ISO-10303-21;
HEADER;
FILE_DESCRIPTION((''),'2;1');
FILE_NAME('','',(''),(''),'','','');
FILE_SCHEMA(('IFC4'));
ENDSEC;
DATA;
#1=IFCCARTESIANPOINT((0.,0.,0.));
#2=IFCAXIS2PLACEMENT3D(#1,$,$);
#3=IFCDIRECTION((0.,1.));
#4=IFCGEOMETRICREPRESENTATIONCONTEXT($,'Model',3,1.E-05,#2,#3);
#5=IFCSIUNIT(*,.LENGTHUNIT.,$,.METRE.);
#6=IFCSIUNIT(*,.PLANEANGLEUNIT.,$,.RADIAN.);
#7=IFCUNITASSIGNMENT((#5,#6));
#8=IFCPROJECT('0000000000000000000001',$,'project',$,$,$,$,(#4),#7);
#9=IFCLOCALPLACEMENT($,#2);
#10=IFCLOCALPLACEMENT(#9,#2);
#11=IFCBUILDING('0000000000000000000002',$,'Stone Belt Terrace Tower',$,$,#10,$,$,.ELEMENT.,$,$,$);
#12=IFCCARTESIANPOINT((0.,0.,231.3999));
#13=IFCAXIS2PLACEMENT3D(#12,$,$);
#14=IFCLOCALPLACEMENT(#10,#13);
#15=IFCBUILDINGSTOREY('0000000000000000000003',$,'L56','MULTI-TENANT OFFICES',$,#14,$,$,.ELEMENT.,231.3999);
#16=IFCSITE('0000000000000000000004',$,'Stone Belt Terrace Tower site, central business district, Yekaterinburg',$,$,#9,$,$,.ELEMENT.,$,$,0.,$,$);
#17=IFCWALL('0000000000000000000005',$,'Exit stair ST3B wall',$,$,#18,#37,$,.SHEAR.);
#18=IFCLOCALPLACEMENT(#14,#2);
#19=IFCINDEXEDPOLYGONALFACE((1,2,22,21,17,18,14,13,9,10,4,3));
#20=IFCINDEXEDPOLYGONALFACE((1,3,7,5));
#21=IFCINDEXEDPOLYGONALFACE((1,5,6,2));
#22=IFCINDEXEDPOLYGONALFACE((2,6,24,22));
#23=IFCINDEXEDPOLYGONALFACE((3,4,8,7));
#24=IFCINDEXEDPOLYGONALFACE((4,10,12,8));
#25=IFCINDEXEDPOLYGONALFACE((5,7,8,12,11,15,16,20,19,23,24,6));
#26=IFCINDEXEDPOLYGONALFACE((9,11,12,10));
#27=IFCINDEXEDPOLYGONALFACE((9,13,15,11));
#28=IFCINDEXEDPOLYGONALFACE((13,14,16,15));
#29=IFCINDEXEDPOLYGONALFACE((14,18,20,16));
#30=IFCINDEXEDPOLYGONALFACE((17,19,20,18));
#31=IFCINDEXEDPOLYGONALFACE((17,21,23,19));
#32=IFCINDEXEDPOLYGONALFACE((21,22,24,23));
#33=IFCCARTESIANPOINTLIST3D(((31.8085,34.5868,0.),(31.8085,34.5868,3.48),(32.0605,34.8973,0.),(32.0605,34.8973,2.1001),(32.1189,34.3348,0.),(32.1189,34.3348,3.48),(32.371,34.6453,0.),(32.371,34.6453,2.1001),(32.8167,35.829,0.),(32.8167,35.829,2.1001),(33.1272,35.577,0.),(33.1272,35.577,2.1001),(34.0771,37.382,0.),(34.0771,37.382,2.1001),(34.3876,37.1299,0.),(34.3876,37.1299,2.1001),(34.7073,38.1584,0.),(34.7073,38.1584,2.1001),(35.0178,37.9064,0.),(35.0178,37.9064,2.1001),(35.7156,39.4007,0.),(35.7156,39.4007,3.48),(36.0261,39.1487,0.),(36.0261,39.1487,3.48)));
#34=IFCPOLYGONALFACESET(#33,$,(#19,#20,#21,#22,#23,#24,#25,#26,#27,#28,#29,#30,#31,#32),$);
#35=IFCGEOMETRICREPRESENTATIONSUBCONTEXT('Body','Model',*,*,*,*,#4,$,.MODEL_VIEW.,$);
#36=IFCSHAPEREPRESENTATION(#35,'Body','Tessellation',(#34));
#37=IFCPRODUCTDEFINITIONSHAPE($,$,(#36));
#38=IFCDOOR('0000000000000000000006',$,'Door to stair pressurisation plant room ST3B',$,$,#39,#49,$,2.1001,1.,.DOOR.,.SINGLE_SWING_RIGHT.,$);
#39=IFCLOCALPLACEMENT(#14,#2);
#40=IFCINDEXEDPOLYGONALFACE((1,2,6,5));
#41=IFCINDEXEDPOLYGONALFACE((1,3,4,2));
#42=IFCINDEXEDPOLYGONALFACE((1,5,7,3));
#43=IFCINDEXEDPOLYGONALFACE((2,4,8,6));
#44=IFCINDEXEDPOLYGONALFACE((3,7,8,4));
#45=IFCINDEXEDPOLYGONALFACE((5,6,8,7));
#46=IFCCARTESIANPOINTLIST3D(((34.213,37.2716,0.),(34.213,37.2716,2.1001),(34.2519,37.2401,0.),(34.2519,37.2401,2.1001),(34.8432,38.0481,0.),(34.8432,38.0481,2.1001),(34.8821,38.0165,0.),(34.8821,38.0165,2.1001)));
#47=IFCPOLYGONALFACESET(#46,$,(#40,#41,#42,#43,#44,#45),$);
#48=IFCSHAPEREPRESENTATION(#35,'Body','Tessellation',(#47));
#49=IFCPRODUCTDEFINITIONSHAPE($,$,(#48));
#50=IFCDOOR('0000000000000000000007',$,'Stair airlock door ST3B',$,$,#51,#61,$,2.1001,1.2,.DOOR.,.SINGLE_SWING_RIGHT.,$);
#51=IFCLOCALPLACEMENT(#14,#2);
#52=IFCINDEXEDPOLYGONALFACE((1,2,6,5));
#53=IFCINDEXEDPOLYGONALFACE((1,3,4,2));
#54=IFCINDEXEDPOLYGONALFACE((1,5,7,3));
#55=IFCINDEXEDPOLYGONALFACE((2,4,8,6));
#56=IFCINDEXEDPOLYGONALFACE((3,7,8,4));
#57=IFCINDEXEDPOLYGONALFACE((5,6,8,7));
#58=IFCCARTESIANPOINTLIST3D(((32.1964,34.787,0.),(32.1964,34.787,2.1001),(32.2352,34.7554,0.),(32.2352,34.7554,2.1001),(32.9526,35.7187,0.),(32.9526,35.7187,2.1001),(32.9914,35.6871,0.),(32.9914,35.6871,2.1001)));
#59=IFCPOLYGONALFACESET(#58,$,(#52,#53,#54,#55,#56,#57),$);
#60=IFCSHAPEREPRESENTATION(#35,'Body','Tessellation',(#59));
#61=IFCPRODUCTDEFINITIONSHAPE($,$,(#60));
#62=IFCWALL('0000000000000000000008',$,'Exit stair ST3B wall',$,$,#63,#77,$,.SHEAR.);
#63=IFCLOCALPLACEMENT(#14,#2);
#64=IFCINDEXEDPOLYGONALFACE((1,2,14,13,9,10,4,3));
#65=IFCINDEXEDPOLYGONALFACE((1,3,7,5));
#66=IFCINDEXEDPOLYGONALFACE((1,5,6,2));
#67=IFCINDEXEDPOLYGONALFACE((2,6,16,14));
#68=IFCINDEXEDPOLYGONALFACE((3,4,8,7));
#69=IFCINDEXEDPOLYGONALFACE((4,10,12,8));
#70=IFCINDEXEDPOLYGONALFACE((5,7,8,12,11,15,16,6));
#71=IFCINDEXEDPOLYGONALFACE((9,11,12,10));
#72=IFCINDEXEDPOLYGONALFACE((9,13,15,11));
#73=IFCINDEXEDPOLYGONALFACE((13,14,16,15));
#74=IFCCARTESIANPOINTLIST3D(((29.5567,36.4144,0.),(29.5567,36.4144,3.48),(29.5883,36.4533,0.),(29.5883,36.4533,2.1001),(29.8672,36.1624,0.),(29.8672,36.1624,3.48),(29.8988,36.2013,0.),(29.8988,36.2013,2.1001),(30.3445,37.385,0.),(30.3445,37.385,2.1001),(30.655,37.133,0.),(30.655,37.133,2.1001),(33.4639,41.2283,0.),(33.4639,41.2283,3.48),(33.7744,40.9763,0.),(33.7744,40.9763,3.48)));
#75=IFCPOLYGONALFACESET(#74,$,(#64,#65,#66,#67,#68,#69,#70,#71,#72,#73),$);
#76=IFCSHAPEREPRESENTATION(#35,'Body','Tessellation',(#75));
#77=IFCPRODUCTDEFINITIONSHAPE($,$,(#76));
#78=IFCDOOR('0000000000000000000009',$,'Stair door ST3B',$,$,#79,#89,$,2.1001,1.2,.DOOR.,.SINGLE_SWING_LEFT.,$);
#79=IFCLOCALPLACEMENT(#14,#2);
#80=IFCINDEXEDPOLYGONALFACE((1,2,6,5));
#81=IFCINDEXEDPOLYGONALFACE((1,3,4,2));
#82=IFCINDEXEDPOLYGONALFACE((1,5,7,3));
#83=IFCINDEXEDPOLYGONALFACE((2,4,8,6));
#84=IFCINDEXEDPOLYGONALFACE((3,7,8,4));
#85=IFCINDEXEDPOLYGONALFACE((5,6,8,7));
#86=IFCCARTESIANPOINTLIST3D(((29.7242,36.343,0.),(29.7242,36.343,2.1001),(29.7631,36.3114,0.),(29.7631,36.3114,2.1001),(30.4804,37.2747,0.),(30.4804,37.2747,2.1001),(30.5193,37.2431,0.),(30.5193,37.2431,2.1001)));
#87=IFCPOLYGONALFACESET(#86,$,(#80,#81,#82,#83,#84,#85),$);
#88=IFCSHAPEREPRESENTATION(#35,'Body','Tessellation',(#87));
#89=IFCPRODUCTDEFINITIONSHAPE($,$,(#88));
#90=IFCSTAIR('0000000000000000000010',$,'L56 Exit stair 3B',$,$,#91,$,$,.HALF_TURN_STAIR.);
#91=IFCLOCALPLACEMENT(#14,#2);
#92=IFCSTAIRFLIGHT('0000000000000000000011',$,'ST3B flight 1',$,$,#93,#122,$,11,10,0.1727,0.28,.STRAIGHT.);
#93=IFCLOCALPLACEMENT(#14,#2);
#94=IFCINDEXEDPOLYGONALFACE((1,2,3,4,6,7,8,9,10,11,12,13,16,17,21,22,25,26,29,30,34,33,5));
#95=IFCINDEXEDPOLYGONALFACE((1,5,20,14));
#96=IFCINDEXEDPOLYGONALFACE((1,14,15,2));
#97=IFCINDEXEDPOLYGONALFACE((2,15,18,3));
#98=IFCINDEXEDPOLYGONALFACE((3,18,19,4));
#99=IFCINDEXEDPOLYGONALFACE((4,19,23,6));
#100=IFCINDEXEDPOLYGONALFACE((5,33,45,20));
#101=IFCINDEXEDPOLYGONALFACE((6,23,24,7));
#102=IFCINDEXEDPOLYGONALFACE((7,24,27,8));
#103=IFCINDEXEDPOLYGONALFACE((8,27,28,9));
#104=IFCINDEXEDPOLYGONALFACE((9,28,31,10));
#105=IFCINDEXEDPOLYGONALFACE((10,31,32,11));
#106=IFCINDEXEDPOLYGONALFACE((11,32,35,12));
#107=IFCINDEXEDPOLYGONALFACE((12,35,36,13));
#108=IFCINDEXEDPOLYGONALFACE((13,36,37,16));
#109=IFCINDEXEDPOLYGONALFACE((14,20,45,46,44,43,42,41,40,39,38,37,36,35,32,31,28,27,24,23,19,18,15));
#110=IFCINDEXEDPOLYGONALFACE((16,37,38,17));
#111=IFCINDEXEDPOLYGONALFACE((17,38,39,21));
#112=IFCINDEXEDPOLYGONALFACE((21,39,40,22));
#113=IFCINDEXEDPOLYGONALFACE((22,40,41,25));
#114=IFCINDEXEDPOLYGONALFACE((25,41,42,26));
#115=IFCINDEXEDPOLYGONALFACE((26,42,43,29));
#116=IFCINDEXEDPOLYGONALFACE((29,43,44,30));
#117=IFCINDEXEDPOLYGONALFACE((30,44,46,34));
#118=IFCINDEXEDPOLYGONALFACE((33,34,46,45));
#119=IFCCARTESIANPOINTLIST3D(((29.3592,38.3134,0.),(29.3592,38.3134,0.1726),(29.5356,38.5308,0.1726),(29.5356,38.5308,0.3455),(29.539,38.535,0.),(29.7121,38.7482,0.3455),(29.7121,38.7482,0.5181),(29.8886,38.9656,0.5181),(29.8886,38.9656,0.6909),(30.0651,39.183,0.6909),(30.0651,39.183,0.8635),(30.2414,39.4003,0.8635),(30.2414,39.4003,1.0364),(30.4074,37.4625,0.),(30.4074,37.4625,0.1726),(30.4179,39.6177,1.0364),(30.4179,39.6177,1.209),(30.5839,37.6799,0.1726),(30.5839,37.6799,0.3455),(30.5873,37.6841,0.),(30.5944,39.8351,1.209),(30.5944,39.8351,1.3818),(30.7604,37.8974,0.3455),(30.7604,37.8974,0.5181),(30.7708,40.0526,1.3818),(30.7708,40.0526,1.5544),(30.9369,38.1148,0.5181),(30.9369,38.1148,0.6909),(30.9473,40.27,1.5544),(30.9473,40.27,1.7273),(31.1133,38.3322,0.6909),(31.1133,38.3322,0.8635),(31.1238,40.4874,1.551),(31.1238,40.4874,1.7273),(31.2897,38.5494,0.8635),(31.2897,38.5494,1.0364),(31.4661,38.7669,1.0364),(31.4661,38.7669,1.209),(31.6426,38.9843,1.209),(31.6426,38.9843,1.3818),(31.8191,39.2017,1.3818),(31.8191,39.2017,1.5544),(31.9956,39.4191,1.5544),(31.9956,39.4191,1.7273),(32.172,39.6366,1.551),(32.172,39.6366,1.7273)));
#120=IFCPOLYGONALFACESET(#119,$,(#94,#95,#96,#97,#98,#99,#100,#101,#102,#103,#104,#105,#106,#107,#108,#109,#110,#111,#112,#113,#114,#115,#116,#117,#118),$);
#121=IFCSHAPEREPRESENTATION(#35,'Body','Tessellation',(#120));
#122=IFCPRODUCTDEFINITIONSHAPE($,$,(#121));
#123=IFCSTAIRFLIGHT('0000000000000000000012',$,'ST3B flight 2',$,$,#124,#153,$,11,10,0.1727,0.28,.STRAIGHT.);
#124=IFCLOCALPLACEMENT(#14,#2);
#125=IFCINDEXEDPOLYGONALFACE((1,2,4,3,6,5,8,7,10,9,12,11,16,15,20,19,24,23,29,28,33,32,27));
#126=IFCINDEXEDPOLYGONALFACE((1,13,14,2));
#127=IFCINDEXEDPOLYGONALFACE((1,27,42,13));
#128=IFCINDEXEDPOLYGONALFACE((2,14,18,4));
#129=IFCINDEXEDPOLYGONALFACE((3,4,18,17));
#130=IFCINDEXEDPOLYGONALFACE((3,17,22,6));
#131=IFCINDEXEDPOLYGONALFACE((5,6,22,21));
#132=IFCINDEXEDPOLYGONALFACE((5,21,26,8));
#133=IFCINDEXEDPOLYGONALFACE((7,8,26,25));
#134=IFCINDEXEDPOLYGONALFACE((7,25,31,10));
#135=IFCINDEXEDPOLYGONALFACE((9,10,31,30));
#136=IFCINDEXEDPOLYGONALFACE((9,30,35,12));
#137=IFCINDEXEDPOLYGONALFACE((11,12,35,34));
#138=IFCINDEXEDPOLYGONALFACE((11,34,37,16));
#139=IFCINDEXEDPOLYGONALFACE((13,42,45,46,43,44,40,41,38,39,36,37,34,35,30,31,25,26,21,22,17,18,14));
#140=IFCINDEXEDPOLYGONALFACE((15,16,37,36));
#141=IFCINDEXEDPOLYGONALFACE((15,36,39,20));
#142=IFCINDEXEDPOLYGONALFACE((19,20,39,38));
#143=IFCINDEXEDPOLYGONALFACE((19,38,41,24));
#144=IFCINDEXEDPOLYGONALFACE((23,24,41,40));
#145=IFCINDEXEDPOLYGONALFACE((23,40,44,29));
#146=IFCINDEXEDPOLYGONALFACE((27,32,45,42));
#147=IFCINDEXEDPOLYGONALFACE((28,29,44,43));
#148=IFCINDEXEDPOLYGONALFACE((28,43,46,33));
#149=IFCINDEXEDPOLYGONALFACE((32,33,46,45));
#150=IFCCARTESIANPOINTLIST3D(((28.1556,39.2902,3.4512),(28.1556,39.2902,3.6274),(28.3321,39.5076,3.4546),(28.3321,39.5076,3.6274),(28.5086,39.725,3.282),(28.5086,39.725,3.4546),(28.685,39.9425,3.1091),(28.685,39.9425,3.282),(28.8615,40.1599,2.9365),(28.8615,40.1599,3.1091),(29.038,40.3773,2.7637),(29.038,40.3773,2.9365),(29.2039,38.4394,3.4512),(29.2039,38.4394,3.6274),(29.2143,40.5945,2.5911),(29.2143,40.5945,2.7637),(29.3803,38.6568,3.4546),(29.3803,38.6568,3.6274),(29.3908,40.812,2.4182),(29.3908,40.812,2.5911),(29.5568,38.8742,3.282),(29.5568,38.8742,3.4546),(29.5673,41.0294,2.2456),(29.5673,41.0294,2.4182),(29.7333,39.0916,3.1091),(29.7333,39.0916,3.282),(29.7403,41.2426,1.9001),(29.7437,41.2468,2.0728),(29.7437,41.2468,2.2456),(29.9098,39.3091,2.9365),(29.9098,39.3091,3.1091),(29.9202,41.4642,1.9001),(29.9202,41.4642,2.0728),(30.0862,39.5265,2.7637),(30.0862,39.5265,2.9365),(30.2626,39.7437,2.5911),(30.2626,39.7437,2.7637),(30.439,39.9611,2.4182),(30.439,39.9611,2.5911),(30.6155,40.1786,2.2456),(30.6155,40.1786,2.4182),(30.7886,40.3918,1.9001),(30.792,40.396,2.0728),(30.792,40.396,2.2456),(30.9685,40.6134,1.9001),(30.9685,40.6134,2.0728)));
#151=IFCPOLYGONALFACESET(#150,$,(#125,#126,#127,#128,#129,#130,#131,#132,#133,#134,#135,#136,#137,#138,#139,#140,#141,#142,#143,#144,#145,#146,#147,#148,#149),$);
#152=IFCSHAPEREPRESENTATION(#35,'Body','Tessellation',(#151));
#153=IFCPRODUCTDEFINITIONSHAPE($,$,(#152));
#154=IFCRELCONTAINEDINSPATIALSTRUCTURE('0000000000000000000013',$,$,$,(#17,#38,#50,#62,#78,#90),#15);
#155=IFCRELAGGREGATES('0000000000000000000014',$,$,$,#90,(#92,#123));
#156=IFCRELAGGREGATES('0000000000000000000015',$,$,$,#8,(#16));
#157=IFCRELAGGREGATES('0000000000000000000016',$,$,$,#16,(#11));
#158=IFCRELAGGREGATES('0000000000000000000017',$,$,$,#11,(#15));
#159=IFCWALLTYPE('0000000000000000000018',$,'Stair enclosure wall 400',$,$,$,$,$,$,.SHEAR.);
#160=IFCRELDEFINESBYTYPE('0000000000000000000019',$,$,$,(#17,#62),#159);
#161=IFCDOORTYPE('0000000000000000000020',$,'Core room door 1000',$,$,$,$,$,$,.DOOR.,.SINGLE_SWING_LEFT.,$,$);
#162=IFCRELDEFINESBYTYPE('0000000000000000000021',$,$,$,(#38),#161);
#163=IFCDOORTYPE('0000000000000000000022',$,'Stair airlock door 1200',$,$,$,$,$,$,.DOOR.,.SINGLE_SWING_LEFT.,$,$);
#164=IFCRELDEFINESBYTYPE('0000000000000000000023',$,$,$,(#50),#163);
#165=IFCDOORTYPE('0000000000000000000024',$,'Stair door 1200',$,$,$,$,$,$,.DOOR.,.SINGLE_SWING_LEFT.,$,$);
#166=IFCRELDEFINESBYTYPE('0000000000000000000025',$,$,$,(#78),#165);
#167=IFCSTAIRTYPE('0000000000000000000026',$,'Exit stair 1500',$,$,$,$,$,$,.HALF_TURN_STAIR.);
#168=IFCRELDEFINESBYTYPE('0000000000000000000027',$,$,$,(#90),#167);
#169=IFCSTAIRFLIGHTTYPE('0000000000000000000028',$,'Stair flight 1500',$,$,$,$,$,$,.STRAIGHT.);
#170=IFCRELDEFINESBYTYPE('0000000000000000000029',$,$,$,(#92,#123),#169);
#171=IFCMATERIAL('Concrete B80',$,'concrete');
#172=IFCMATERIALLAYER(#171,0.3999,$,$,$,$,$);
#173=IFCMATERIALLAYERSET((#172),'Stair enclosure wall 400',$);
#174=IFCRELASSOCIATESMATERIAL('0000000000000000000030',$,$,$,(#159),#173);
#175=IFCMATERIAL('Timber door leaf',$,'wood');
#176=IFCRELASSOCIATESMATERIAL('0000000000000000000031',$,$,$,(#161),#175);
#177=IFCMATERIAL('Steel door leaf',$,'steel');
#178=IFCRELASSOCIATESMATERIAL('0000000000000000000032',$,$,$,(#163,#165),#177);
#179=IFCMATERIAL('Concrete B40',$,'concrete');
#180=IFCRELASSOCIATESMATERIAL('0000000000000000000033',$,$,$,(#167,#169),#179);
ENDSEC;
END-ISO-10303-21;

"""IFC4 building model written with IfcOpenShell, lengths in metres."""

from ifc_helpers import new_model, si_unit, direction, frame, frame_2d, origin, place, context, subcontext, project, spatial, polyline, rectangle, outline, extrude, material, layer, layer_set, type_object, element, fill, aggregate, save


model = new_model("IFC4")

# Units and contexts
model_context = context("Model", 3, precision=1e-05, world=origin(), true_north=direction((0.0, 1.0)))
body_context = subcontext(model_context, "Body", "Model", "MODEL_VIEW")
ifc_project = project(units=[si_unit("LENGTHUNIT", "METRE"), si_unit("PLANEANGLEUNIT", "RADIAN")], contexts=[model_context])

# Site, building, storey
site_placement = place(None, origin())
site = spatial("IfcSite", under=ifc_project, at=site_placement, Name="Stone Belt Terrace Tower site, central business district, Yekaterinburg", CompositionType="ELEMENT", RefElevation=0.0)
building_placement = place(site_placement, origin())
building = spatial("IfcBuilding", under=site, at=building_placement, Name="Stone Belt Terrace Tower", CompositionType="ELEMENT")
storey_placement = place(building_placement, frame((0.0, 0.0, 231.3999)))
storey = spatial("IfcBuildingStorey", under=building, at=storey_placement, Name="L56", Description="MULTI-TENANT OFFICES", CompositionType="ELEMENT", Elevation=231.3999)

# Wall, openings, doors
ifc_material_1 = material(Name="Concrete B80", Category="concrete")
ifc_layer_1 = layer(ifc_material_1, 0.3999)
ifc_layer_set_1 = layer_set([ifc_layer_1], Name="Stair enclosure wall 400")
wall_type_1 = type_object("IfcWallType", Name="Stair enclosure wall 400", PredefinedType="SHEAR", material=ifc_layer_set_1)
wall_1_placement = place(storey_placement, frame((31.9636, 34.4607, 0.0), z_axis=(0.0, 0.0, 1.0), x_axis=(0.630192, 0.776439, 0.0)))
wall_1 = element("IfcWall", 1, at=wall_1_placement, inside=storey, type_object=wall_type_1, Name="Exit stair ST3B wall", PredefinedType="SHEAR", context=body_context, shape_type="SweptSolid", body=[
    extrude(rectangle(XDim=6.2, YDim=0.3999, at=frame_2d((3.1001, 0.0))), origin(), (0.0, 0.0, 1.0), 3.48),
])
opening_1_placement = place(wall_1_placement, frame((0.3999, 0.0, 0.0)))
opening_1 = element("IfcOpeningElement", 2, at=opening_1_placement, cuts=wall_1, PredefinedType="OPENING", context=body_context, shape_type="SweptSolid", body=[
    extrude(rectangle(XDim=1.2, YDim=2.1001, at=frame_2d((0.6001, 1.05))), frame((0.0, 0.21, 0.0), z_axis=(0.0, -1.0, 0.0), x_axis=(1.0, 0.0, 0.0)), (0.0, 0.0, 1.0), 0.4199),
])
opening_2_placement = place(wall_1_placement, frame((3.6001, 0.0, 0.0)))
opening_2 = element("IfcOpeningElement", 3, at=opening_2_placement, cuts=wall_1, PredefinedType="OPENING", context=body_context, shape_type="SweptSolid", body=[
    extrude(rectangle(XDim=1.0, YDim=2.1001, at=frame_2d((0.5, 1.05))), frame((0.0, 0.21, 0.0), z_axis=(0.0, -1.0, 0.0), x_axis=(1.0, 0.0, 0.0)), (0.0, 0.0, 1.0), 0.4199),
])
ifc_material_2 = material(Name="Timber door leaf", Category="wood")
door_type_1 = type_object("IfcDoorType", Name="Core room door 1000", OperationType="SINGLE_SWING_LEFT", PredefinedType="DOOR", material=ifc_material_2)
door_1_placement = place(opening_2_placement, origin())
door_1 = element("IfcDoor", 4, at=door_1_placement, inside=storey, type_object=door_type_1, Name="Door to stair pressurisation plant room ST3B", OperationType="SINGLE_SWING_RIGHT", OverallHeight=2.1001, OverallWidth=1.0, PredefinedType="DOOR", context=body_context, shape_type="SweptSolid", body=[
    extrude(rectangle(XDim=1.0, YDim=2.1001, at=frame_2d((0.5, 1.05))), frame((0.0, 0.0249, 0.0), z_axis=(0.0, -1.0, 0.0), x_axis=(1.0, 0.0, 0.0)), (0.0, 0.0, 1.0), 0.05),
])
fill(opening_2, door_1)
ifc_material_3 = material(Name="Steel door leaf", Category="steel")
door_type_2 = type_object("IfcDoorType", Name="Stair airlock door 1200", OperationType="SINGLE_SWING_LEFT", PredefinedType="DOOR", material=ifc_material_3)
door_2_placement = place(opening_1_placement, origin())
door_2 = element("IfcDoor", 5, at=door_2_placement, inside=storey, type_object=door_type_2, Name="Stair airlock door ST3B", OperationType="SINGLE_SWING_RIGHT", OverallHeight=2.1001, OverallWidth=1.2, PredefinedType="DOOR", context=body_context, shape_type="SweptSolid", body=[
    extrude(rectangle(XDim=1.2, YDim=2.1001, at=frame_2d((0.6001, 1.05))), frame((0.0, 0.0249, 0.0), z_axis=(0.0, -1.0, 0.0), x_axis=(1.0, 0.0, 0.0)), (0.0, 0.0, 1.0), 0.05),
])
fill(opening_1, door_2)

# Wall, opening, door
wall_2_placement = place(storey_placement, frame((29.7119, 36.2883, 0.0), z_axis=(0.0, 0.0, 1.0), x_axis=(0.630192, 0.776439, 0.0)))
wall_2 = element("IfcWall", 6, at=wall_2_placement, inside=storey, type_object=wall_type_1, Name="Exit stair ST3B wall", PredefinedType="SHEAR", context=body_context, shape_type="SweptSolid", body=[
    extrude(rectangle(XDim=6.2, YDim=0.3999, at=frame_2d((3.1001, 0.0))), origin(), (0.0, 0.0, 1.0), 3.48),
])
opening_3_placement = place(wall_2_placement, frame((0.05, 0.0, 0.0)))
opening_3 = element("IfcOpeningElement", 7, at=opening_3_placement, cuts=wall_2, PredefinedType="OPENING", context=body_context, shape_type="SweptSolid", body=[
    extrude(rectangle(XDim=1.2, YDim=2.1001, at=frame_2d((0.6001, 1.05))), frame((0.0, 0.21, 0.0), z_axis=(0.0, -1.0, 0.0), x_axis=(1.0, 0.0, 0.0)), (0.0, 0.0, 1.0), 0.4199),
])
door_type_3 = type_object("IfcDoorType", Name="Stair door 1200", OperationType="SINGLE_SWING_LEFT", PredefinedType="DOOR", material=ifc_material_3)
door_3_placement = place(opening_3_placement, origin())
door_3 = element("IfcDoor", 8, at=door_3_placement, inside=storey, type_object=door_type_3, Name="Stair door ST3B", OperationType="SINGLE_SWING_LEFT", OverallHeight=2.1001, OverallWidth=1.2, PredefinedType="DOOR", context=body_context, shape_type="SweptSolid", body=[
    extrude(rectangle(XDim=1.2, YDim=2.1001, at=frame_2d((0.6001, 1.05))), frame((0.0, 0.0249, 0.0), z_axis=(0.0, -1.0, 0.0), x_axis=(1.0, 0.0, 0.0)), (0.0, 0.0, 1.0), 0.05),
])
fill(opening_3, door_3)

# Stair, stair flights
ifc_material_4 = material(Name="Concrete B40", Category="concrete")
stair_type = type_object("IfcStairType", Name="Exit stair 1500", PredefinedType="HALF_TURN_STAIR", material=ifc_material_4)
stair_placement = place(storey_placement, origin())
stair = element("IfcStair", 9, at=stair_placement, inside=storey, type_object=stair_type, Name="L56 Exit stair 3B", PredefinedType="HALF_TURN_STAIR")
stair_flight_type = type_object("IfcStairFlightType", Name="Stair flight 1500", PredefinedType="STRAIGHT", material=ifc_material_4)
stair_flight_1_placement = place(storey_placement, frame((29.8833, 37.8879, 0.0), z_axis=(0.0, 0.0, 1.0), x_axis=(0.630206, 0.776428, 0.0)))
stair_flight_1 = element("IfcStairFlight", 10, at=stair_flight_1_placement, type_object=stair_flight_type, Name="ST3B flight 1", NumberOfRisers=11, NumberOfTreads=10, PredefinedType="STRAIGHT", RiserHeight=0.1727, TreadLength=0.28, context=body_context, shape_type="SweptSolid", body=[
    extrude(outline(polyline([(0.0, 0.0), (0.0, 0.1726), (0.28, 0.1726), (0.28, 0.3455), (0.5601, 0.3455), (0.5601, 0.5181), (0.8401, 0.5181), (0.8401, 0.6909), (1.1201, 0.6909), (1.1201, 0.8635), (1.3999, 0.8635), (1.3999, 1.0364), (1.6799, 1.0364), (1.6799, 1.209), (1.96, 1.209), (1.96, 1.3818), (2.24, 1.3818), (2.24, 1.5544), (2.52, 1.5544), (2.52, 1.7273), (2.8, 1.7273), (2.8, 1.8999), (2.8, 1.551), (0.2854, 0.0), (0.0, 0.0)])), frame((0.0, 0.675, 0.0), z_axis=(0.0, -1.0, 0.0), x_axis=(1.0, 0.0, 0.0)), (0.0, 0.0, 1.0), 1.3501),
])
stair_flight_2_placement = place(storey_placement, frame((30.4443, 41.0388, 1.9001), z_axis=(0.0, 0.0, 1.0), x_axis=(-0.630206, -0.776428, 0.0)))
stair_flight_2 = element("IfcStairFlight", 11, at=stair_flight_2_placement, type_object=stair_flight_type, Name="ST3B flight 2", NumberOfRisers=11, NumberOfTreads=10, PredefinedType="STRAIGHT", RiserHeight=0.1727, TreadLength=0.28, context=body_context, shape_type="SweptSolid", body=[
    extrude(outline(polyline([(0.0, 0.0), (0.0, 0.1726), (0.28, 0.1726), (0.28, 0.3455), (0.5601, 0.3455), (0.5601, 0.5181), (0.8401, 0.5181), (0.8401, 0.6909), (1.1201, 0.6909), (1.1201, 0.8635), (1.3999, 0.8635), (1.3999, 1.0364), (1.6799, 1.0364), (1.6799, 1.209), (1.96, 1.209), (1.96, 1.3818), (2.24, 1.3818), (2.24, 1.5544), (2.52, 1.5544), (2.52, 1.7273), (2.8, 1.7273), (2.8, 1.8999), (2.8, 1.551), (0.2854, 0.0), (0.0, 0.0)])), frame((0.0, 0.675, 0.0), z_axis=(0.0, -1.0, 0.0), x_axis=(1.0, 0.0, 0.0)), (0.0, 0.0, 1.0), 1.3501),
])
aggregate(stair, [stair_flight_1, stair_flight_2])

save(model, "model.ifc")
